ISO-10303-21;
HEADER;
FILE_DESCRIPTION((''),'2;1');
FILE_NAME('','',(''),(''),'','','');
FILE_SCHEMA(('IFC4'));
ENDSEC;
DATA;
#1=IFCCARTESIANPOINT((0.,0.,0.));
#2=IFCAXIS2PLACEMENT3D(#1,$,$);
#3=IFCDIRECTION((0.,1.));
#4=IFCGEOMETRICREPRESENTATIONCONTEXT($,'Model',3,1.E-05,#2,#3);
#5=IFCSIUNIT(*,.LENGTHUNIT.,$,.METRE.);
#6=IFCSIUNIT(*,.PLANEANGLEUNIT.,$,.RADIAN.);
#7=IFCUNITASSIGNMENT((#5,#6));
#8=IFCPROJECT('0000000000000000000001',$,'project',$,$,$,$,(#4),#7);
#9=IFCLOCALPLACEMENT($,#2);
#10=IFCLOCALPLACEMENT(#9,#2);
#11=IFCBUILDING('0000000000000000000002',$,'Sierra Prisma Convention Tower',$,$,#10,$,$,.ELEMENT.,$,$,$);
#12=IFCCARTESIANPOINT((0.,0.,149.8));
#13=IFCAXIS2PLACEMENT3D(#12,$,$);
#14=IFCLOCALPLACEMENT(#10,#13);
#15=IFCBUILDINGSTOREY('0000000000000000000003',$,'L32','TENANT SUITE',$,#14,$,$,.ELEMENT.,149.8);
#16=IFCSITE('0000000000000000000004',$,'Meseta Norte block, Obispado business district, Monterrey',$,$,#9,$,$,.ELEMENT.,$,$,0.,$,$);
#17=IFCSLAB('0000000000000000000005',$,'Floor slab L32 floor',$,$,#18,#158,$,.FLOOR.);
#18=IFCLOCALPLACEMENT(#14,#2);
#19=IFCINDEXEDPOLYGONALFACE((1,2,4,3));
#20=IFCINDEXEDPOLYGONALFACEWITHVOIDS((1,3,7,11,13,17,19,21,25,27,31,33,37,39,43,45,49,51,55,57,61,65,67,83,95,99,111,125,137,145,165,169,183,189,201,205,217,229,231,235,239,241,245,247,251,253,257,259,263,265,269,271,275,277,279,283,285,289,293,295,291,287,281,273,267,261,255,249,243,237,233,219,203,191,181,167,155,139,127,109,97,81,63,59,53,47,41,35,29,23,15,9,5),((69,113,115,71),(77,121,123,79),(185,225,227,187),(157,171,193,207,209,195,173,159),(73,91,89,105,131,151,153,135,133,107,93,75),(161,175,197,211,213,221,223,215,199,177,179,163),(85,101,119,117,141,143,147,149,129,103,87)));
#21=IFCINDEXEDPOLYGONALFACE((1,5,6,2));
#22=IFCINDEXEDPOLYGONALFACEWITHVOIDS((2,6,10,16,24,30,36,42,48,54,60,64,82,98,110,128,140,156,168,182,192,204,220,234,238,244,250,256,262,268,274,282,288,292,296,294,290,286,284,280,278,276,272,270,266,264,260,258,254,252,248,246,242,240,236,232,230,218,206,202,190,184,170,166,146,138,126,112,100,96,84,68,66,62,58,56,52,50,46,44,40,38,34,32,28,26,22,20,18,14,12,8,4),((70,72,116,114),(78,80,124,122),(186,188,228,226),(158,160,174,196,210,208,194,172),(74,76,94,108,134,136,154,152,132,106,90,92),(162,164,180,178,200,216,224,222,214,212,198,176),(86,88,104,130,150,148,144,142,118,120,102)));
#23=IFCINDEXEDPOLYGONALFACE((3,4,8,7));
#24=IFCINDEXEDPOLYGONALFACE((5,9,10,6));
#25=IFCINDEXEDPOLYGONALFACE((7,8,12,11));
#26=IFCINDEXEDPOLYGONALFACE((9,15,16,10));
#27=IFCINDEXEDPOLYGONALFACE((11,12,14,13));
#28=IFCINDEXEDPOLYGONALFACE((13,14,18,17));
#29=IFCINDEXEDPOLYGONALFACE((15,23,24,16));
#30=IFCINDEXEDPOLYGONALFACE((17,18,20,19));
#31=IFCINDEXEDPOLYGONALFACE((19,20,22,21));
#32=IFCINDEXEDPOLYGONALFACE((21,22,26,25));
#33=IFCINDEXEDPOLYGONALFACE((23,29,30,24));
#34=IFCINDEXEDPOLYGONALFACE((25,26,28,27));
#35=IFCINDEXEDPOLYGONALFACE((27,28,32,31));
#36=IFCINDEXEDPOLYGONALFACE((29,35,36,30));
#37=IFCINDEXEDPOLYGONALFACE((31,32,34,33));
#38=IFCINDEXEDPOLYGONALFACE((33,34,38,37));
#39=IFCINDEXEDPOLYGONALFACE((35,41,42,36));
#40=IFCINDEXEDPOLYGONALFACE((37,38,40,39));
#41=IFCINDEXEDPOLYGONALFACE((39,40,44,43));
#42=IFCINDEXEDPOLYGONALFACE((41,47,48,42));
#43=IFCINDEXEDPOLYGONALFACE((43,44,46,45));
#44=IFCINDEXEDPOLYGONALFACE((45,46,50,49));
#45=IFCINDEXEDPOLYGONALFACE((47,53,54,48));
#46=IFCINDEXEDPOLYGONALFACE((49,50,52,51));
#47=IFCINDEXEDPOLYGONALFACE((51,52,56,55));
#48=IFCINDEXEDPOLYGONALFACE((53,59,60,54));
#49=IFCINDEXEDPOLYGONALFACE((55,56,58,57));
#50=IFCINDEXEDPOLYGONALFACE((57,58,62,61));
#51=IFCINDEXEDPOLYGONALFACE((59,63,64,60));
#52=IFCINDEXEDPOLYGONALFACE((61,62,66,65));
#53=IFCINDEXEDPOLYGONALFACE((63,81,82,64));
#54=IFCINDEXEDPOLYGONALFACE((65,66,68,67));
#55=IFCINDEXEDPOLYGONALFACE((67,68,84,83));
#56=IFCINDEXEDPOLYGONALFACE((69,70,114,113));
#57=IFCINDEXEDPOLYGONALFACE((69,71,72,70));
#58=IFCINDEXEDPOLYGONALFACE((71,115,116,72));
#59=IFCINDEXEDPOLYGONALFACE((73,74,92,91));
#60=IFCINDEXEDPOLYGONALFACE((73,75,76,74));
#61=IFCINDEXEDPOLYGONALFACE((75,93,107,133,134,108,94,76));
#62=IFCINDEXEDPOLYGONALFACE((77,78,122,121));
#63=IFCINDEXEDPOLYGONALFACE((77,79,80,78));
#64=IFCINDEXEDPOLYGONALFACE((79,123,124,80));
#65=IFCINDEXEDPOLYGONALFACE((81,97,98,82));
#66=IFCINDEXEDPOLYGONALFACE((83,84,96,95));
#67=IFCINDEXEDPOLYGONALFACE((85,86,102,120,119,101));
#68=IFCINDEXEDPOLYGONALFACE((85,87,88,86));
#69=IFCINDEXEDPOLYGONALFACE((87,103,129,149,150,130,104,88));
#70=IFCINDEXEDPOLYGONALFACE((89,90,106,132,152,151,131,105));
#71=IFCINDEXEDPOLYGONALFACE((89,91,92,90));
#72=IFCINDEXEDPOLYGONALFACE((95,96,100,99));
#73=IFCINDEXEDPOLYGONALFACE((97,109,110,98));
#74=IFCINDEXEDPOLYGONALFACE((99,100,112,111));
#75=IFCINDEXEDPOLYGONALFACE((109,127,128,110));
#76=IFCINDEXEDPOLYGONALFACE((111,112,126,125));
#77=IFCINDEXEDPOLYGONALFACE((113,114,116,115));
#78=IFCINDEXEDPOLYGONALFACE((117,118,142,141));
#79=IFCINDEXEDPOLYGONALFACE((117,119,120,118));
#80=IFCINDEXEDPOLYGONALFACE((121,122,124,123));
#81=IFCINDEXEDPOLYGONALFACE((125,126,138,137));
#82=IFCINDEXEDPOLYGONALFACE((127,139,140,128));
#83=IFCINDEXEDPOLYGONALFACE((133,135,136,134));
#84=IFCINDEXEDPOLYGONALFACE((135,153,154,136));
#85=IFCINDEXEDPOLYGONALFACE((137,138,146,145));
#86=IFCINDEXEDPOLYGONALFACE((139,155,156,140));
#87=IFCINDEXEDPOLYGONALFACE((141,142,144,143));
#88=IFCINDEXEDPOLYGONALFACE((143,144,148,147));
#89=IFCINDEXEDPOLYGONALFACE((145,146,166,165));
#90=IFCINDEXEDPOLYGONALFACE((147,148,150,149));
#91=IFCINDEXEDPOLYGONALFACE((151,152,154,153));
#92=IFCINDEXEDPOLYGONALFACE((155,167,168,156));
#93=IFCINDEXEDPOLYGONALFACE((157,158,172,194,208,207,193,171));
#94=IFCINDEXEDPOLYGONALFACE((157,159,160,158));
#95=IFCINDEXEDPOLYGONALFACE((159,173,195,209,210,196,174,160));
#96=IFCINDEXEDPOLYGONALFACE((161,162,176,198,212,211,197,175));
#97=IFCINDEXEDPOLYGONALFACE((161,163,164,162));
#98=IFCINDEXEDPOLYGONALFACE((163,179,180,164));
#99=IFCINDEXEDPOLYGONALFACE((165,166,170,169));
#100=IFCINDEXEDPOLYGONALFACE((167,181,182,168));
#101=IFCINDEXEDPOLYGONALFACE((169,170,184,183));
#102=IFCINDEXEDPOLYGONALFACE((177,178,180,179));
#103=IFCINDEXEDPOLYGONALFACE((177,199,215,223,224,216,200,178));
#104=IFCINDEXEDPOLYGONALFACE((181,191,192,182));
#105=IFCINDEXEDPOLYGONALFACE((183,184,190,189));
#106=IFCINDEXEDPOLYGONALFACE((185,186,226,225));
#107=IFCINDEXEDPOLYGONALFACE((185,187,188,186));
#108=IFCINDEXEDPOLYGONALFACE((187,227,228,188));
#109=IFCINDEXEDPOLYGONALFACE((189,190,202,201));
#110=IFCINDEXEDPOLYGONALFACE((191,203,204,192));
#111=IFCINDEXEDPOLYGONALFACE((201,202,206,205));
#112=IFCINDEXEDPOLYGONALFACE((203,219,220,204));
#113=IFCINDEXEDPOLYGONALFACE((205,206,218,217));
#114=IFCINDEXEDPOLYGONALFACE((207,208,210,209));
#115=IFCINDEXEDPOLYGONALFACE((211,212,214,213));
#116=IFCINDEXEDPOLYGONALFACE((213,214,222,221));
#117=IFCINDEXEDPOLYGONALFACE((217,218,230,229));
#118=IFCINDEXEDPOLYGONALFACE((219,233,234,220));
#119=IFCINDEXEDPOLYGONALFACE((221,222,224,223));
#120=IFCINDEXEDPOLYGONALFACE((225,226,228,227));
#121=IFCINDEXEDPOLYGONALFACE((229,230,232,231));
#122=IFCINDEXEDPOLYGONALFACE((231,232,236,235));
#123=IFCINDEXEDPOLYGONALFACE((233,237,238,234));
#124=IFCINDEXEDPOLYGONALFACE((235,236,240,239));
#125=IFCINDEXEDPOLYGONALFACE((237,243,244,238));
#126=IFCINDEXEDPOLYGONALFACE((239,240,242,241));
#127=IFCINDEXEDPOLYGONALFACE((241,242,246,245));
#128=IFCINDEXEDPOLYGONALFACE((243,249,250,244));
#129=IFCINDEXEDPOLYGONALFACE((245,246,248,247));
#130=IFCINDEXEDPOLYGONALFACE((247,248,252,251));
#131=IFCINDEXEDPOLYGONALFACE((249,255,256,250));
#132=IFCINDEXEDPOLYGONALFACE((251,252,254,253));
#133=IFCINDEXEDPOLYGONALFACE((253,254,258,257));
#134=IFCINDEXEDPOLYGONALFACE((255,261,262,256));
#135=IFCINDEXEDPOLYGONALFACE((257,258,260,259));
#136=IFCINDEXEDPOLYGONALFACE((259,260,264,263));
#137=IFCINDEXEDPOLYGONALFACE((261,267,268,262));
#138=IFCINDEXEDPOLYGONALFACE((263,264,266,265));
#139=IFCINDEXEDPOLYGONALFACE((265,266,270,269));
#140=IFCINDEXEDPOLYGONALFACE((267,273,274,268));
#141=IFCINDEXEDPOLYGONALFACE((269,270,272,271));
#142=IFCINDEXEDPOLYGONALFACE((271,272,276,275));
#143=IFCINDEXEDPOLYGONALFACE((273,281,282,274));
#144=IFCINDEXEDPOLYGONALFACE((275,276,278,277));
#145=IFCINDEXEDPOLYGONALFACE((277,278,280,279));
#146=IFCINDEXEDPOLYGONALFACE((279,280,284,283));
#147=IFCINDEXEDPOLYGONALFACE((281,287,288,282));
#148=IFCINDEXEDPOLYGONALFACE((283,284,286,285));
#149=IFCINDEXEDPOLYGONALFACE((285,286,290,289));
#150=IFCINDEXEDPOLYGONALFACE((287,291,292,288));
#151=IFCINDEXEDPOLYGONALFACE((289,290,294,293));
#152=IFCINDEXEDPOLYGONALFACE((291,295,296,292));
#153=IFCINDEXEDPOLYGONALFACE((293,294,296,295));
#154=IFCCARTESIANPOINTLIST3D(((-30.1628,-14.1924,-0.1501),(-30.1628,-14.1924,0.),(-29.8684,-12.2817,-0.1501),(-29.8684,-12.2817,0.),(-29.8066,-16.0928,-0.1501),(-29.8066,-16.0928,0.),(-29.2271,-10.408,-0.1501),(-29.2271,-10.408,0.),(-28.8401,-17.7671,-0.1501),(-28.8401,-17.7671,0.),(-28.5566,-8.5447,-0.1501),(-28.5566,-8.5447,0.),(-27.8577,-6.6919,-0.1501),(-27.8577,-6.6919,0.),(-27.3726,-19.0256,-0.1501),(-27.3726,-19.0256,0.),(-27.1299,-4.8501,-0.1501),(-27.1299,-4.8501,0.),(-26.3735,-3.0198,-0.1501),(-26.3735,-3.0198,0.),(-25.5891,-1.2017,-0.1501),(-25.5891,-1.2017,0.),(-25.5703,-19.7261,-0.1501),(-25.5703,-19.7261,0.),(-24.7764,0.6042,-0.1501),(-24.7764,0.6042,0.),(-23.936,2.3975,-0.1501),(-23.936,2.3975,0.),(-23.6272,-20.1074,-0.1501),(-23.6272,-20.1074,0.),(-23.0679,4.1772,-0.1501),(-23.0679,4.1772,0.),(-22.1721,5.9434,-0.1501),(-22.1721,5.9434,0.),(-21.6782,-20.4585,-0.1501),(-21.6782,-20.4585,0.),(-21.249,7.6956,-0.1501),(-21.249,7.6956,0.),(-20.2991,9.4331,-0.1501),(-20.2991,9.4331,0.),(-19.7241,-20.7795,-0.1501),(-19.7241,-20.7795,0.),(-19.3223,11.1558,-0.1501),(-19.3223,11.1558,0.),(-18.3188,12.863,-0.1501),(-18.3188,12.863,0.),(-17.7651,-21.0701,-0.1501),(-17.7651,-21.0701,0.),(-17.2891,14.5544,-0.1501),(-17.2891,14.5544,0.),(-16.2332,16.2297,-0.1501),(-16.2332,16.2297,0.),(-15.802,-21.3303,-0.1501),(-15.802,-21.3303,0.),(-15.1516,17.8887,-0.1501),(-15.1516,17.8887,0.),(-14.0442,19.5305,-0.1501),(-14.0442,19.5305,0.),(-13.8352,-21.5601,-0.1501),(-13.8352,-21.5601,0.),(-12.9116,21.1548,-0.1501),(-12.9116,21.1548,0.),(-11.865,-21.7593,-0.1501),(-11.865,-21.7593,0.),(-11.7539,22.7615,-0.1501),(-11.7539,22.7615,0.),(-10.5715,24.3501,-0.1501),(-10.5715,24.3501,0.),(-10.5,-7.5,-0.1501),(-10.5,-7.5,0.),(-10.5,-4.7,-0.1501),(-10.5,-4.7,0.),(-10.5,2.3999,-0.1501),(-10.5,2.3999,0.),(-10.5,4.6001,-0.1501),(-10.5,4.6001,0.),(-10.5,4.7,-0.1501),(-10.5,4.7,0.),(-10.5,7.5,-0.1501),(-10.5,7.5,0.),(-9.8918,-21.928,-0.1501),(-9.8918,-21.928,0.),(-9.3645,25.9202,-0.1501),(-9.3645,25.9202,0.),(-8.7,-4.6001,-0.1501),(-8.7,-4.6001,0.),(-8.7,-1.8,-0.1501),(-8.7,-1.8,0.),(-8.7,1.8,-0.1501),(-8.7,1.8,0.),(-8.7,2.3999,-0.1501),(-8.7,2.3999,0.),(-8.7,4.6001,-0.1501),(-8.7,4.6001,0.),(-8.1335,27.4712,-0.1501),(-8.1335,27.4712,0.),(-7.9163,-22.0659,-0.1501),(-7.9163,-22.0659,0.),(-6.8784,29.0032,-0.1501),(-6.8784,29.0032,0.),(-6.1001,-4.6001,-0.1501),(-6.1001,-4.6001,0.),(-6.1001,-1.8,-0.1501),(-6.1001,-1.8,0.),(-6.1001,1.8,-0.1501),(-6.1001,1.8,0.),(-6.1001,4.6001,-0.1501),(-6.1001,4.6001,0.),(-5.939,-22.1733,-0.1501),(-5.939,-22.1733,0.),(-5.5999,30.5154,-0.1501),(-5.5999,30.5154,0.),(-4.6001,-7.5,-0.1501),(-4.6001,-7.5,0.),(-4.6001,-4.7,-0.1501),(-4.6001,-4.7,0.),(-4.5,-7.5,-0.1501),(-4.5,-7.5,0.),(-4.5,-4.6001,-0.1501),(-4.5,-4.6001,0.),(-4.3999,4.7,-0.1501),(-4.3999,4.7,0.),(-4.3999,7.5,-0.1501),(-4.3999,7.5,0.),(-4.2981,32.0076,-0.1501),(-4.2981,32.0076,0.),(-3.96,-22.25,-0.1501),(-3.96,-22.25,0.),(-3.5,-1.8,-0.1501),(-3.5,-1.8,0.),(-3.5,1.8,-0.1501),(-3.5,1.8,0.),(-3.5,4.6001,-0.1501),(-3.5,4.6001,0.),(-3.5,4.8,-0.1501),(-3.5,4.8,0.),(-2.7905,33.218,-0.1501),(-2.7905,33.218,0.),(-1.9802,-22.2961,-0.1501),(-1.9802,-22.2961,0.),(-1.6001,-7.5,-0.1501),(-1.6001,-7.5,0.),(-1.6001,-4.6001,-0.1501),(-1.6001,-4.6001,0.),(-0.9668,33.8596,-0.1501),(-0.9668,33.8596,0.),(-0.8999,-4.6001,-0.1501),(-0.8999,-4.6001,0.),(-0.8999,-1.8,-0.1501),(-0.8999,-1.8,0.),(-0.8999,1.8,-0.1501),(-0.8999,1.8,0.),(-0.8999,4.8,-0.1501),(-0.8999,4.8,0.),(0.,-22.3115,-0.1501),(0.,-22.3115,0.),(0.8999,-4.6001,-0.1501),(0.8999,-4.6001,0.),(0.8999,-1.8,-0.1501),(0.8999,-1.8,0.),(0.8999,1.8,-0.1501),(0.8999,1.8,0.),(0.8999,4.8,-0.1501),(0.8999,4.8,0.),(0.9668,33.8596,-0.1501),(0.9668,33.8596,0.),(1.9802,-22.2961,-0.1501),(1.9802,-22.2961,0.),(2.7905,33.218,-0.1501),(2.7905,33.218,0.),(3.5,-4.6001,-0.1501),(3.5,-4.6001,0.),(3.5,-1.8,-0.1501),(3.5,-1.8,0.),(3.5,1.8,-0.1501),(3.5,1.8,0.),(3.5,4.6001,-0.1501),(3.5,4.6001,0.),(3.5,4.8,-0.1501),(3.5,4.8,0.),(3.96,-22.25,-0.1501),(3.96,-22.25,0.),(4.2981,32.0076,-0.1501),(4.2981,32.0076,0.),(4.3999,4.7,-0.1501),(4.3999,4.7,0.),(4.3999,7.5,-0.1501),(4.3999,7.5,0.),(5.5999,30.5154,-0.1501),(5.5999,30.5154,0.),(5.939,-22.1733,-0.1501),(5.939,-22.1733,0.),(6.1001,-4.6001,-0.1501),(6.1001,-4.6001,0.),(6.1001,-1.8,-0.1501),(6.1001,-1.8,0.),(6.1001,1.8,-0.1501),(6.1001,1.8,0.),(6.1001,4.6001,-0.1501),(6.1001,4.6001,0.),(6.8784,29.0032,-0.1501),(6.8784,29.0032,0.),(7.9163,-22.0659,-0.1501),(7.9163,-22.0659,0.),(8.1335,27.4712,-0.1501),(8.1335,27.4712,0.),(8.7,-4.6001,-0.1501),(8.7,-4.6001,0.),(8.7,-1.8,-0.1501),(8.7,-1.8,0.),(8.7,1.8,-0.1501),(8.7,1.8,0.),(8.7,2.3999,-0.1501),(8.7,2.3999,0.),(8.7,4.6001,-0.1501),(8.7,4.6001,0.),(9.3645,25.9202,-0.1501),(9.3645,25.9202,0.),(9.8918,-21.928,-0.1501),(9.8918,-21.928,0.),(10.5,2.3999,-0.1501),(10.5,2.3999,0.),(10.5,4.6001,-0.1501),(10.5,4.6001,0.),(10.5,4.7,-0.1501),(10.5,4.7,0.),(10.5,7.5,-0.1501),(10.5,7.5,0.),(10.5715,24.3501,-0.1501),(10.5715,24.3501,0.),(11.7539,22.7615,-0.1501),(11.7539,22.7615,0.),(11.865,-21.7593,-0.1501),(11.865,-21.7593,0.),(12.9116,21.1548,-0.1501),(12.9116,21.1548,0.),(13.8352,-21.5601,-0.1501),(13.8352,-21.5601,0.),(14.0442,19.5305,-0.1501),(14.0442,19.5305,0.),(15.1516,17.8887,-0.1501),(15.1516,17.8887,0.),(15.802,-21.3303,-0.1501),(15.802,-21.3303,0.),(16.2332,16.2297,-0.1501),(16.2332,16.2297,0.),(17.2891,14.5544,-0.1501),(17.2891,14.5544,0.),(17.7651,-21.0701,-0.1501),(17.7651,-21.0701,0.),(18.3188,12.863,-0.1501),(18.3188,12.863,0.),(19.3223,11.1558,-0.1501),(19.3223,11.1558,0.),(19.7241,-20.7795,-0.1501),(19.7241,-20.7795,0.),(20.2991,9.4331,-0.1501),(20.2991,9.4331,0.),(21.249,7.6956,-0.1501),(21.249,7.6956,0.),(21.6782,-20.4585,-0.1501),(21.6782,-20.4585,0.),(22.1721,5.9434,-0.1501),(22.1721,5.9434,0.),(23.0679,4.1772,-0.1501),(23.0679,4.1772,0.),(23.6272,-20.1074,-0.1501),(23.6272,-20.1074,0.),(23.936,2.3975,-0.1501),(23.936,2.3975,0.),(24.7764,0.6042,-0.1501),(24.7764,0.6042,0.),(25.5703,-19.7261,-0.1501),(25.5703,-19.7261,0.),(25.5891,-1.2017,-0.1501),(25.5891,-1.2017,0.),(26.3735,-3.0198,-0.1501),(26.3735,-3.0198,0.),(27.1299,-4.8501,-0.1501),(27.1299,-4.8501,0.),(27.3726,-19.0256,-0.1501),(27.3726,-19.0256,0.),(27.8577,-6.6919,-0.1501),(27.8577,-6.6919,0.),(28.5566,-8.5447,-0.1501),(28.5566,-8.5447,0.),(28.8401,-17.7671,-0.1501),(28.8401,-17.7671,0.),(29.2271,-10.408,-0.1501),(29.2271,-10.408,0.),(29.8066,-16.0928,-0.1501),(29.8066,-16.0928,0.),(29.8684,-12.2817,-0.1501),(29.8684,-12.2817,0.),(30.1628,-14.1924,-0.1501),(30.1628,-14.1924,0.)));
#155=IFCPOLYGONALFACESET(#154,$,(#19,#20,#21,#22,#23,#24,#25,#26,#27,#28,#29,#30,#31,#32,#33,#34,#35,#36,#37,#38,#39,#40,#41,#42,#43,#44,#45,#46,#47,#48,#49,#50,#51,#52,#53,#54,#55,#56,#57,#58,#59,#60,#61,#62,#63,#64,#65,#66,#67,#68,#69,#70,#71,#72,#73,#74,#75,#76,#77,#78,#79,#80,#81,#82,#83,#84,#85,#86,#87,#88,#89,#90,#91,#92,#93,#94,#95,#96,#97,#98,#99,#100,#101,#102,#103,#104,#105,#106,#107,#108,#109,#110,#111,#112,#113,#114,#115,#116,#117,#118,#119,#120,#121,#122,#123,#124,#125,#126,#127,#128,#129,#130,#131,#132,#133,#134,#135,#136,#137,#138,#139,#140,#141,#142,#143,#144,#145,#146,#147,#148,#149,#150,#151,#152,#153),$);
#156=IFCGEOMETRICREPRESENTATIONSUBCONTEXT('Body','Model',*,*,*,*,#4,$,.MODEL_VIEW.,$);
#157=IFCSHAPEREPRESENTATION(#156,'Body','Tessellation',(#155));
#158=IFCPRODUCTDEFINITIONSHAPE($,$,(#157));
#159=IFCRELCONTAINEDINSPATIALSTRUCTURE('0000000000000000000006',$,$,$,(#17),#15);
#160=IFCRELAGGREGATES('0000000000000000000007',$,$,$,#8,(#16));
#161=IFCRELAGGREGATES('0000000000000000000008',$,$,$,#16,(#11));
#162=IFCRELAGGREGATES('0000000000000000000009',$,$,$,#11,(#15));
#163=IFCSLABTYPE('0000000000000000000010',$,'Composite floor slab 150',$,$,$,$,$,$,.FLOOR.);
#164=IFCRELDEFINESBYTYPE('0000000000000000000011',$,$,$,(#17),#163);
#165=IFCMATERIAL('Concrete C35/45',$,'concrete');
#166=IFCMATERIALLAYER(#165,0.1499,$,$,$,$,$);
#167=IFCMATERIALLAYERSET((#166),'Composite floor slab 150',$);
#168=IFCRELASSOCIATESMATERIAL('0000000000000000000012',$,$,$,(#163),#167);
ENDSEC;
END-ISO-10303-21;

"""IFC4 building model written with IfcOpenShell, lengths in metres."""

from ifc_helpers import new_model, si_unit, direction, frame, origin, place, context, subcontext, project, spatial, polyline, outline, extrude, material, layer, layer_set, type_object, element, save


model = new_model("IFC4")

# Units and contexts
model_context = context("Model", 3, precision=1e-05, world=origin(), true_north=direction((0.0, 1.0)))
body_context = subcontext(model_context, "Body", "Model", "MODEL_VIEW")
ifc_project = project(units=[si_unit("LENGTHUNIT", "METRE"), si_unit("PLANEANGLEUNIT", "RADIAN")], contexts=[model_context])

# Site, building, storey
site_placement = place(None, origin())
site = spatial("IfcSite", under=ifc_project, at=site_placement, Name="Meseta Norte block, Obispado business district, Monterrey", CompositionType="ELEMENT", RefElevation=0.0)
building_placement = place(site_placement, origin())
building = spatial("IfcBuilding", under=site, at=building_placement, Name="Sierra Prisma Convention Tower", CompositionType="ELEMENT")
storey_placement = place(building_placement, frame((0.0, 0.0, 149.8)))
storey = spatial("IfcBuildingStorey", under=building, at=storey_placement, Name="L32", Description="TENANT SUITE", CompositionType="ELEMENT", Elevation=149.8)

# Slab
ifc_material_1 = material(Name="Concrete C35/45", Category="concrete")
ifc_layer_1 = layer(ifc_material_1, 0.1499)
ifc_layer_set_1 = layer_set([ifc_layer_1], Name="Composite floor slab 150")
slab_type = type_object("IfcSlabType", Name="Composite floor slab 150", PredefinedType="FLOOR", material=ifc_layer_set_1)
slab_placement = place(storey_placement, frame((0.0, 0.0, -0.1501)))
element("IfcSlab", 1, at=slab_placement, inside=storey, type_object=slab_type, Name="Floor slab L32 floor", PredefinedType="FLOOR", context=body_context, shape_type="SweptSolid", body=[
    extrude(outline(polyline([(-25.5703, -19.7261), (-23.6272, -20.1074), (-21.6782, -20.4585), (-19.7241, -20.7795), (-17.7651, -21.0701), (-15.802, -21.3303), (-13.8352, -21.5601), (-11.865, -21.7593), (-9.8918, -21.928), (-7.9163, -22.0659), (-5.939, -22.1733), (-3.96, -22.25), (-1.9802, -22.2961), (0.0, -22.3115), (1.9802, -22.2961), (3.96, -22.25), (5.939, -22.1733), (7.9163, -22.0659), (9.8918, -21.928), (11.865, -21.7593), (13.8352, -21.5601), (15.802, -21.3303), (17.7651, -21.0701), (19.7241, -20.7795), (21.6782, -20.4585), (23.6272, -20.1074), (25.5703, -19.7261), (27.3726, -19.0256), (28.8401, -17.7671), (29.8066, -16.0928), (30.1628, -14.1924), (29.8684, -12.2817), (29.2271, -10.408), (28.5566, -8.5447), (27.8577, -6.6919), (27.1299, -4.8501), (26.3735, -3.0198), (25.5891, -1.2017), (24.7764, 0.6042), (23.936, 2.3975), (23.0679, 4.1772), (22.1721, 5.9434), (21.249, 7.6956), (20.2991, 9.4331), (19.3223, 11.1558), (18.3188, 12.863), (17.2891, 14.5544), (16.2332, 16.2297), (15.1516, 17.8887), (14.0442, 19.5305), (12.9116, 21.1548), (11.7539, 22.7615), (10.5715, 24.3501), (9.3645, 25.9202), (8.1335, 27.4712), (6.8784, 29.0032), (5.5999, 30.5154), (4.2981, 32.0076), (2.7905, 33.218), (0.9668, 33.8596), (-0.9668, 33.8596), (-2.7905, 33.218), (-4.2981, 32.0076), (-5.5999, 30.5154), (-6.8784, 29.0032), (-8.1335, 27.4712), (-9.3645, 25.9202), (-10.5715, 24.3501), (-11.7539, 22.7615), (-12.9116, 21.1548), (-14.0442, 19.5305), (-15.1516, 17.8887), (-16.2332, 16.2297), (-17.2891, 14.5544), (-18.3188, 12.863), (-19.3223, 11.1558), (-20.2991, 9.4331), (-21.249, 7.6956), (-22.1721, 5.9434), (-23.0679, 4.1772), (-23.936, 2.3975), (-24.7764, 0.6042), (-25.5891, -1.2017), (-26.3735, -3.0198), (-27.1299, -4.8501), (-27.8577, -6.6919), (-28.5566, -8.5447), (-29.2271, -10.408), (-29.8684, -12.2817), (-30.1628, -14.1924), (-29.8066, -16.0928), (-28.8401, -17.7671), (-27.3726, -19.0256), (-25.5703, -19.7261)]), holes=[polyline([(-4.6001, -7.5), (-10.5, -7.5), (-10.5, -4.7), (-4.6001, -4.7), (-4.6001, -7.5)]), polyline([(-8.7, -4.6001), (-8.7, -1.8), (-6.1001, -1.8), (-3.5, -1.8), (-0.8999, -1.8), (-0.8999, -4.6001), (-1.6001, -4.6001), (-1.6001, -7.5), (-4.5, -7.5), (-4.5, -4.6001), (-6.1001, -4.6001), (-8.7, -4.6001)]), polyline([(-10.5, 4.6001), (-8.7, 4.6001), (-6.1001, 4.6001), (-3.5, 4.6001), (-3.5, 4.8), (-0.8999, 4.8), (-0.8999, 1.8), (-3.5, 1.8), (-6.1001, 1.8), (-8.7, 1.8), (-8.7, 2.3999), (-10.5, 2.3999), (-10.5, 4.6001)]), polyline([(-10.5, 4.7), (-10.5, 7.5), (-4.3999, 7.5), (-4.3999, 4.7), (-10.5, 4.7)]), polyline([(6.1001, -1.8), (8.7, -1.8), (8.7, -4.6001), (6.1001, -4.6001), (3.5, -4.6001), (0.8999, -4.6001), (0.8999, -1.8), (3.5, -1.8), (6.1001, -1.8)]), polyline([(8.7, 4.6001), (10.5, 4.6001), (10.5, 2.3999), (8.7, 2.3999), (8.7, 1.8), (6.1001, 1.8), (3.5, 1.8), (0.8999, 1.8), (0.8999, 4.8), (3.5, 4.8), (3.5, 4.6001), (6.1001, 4.6001), (8.7, 4.6001)]), polyline([(4.3999, 4.7), (4.3999, 7.5), (10.5, 7.5), (10.5, 4.7), (4.3999, 4.7)])]), origin(), (0.0, 0.0, 1.0), 0.1501),
])

save(model, "model.ifc")
